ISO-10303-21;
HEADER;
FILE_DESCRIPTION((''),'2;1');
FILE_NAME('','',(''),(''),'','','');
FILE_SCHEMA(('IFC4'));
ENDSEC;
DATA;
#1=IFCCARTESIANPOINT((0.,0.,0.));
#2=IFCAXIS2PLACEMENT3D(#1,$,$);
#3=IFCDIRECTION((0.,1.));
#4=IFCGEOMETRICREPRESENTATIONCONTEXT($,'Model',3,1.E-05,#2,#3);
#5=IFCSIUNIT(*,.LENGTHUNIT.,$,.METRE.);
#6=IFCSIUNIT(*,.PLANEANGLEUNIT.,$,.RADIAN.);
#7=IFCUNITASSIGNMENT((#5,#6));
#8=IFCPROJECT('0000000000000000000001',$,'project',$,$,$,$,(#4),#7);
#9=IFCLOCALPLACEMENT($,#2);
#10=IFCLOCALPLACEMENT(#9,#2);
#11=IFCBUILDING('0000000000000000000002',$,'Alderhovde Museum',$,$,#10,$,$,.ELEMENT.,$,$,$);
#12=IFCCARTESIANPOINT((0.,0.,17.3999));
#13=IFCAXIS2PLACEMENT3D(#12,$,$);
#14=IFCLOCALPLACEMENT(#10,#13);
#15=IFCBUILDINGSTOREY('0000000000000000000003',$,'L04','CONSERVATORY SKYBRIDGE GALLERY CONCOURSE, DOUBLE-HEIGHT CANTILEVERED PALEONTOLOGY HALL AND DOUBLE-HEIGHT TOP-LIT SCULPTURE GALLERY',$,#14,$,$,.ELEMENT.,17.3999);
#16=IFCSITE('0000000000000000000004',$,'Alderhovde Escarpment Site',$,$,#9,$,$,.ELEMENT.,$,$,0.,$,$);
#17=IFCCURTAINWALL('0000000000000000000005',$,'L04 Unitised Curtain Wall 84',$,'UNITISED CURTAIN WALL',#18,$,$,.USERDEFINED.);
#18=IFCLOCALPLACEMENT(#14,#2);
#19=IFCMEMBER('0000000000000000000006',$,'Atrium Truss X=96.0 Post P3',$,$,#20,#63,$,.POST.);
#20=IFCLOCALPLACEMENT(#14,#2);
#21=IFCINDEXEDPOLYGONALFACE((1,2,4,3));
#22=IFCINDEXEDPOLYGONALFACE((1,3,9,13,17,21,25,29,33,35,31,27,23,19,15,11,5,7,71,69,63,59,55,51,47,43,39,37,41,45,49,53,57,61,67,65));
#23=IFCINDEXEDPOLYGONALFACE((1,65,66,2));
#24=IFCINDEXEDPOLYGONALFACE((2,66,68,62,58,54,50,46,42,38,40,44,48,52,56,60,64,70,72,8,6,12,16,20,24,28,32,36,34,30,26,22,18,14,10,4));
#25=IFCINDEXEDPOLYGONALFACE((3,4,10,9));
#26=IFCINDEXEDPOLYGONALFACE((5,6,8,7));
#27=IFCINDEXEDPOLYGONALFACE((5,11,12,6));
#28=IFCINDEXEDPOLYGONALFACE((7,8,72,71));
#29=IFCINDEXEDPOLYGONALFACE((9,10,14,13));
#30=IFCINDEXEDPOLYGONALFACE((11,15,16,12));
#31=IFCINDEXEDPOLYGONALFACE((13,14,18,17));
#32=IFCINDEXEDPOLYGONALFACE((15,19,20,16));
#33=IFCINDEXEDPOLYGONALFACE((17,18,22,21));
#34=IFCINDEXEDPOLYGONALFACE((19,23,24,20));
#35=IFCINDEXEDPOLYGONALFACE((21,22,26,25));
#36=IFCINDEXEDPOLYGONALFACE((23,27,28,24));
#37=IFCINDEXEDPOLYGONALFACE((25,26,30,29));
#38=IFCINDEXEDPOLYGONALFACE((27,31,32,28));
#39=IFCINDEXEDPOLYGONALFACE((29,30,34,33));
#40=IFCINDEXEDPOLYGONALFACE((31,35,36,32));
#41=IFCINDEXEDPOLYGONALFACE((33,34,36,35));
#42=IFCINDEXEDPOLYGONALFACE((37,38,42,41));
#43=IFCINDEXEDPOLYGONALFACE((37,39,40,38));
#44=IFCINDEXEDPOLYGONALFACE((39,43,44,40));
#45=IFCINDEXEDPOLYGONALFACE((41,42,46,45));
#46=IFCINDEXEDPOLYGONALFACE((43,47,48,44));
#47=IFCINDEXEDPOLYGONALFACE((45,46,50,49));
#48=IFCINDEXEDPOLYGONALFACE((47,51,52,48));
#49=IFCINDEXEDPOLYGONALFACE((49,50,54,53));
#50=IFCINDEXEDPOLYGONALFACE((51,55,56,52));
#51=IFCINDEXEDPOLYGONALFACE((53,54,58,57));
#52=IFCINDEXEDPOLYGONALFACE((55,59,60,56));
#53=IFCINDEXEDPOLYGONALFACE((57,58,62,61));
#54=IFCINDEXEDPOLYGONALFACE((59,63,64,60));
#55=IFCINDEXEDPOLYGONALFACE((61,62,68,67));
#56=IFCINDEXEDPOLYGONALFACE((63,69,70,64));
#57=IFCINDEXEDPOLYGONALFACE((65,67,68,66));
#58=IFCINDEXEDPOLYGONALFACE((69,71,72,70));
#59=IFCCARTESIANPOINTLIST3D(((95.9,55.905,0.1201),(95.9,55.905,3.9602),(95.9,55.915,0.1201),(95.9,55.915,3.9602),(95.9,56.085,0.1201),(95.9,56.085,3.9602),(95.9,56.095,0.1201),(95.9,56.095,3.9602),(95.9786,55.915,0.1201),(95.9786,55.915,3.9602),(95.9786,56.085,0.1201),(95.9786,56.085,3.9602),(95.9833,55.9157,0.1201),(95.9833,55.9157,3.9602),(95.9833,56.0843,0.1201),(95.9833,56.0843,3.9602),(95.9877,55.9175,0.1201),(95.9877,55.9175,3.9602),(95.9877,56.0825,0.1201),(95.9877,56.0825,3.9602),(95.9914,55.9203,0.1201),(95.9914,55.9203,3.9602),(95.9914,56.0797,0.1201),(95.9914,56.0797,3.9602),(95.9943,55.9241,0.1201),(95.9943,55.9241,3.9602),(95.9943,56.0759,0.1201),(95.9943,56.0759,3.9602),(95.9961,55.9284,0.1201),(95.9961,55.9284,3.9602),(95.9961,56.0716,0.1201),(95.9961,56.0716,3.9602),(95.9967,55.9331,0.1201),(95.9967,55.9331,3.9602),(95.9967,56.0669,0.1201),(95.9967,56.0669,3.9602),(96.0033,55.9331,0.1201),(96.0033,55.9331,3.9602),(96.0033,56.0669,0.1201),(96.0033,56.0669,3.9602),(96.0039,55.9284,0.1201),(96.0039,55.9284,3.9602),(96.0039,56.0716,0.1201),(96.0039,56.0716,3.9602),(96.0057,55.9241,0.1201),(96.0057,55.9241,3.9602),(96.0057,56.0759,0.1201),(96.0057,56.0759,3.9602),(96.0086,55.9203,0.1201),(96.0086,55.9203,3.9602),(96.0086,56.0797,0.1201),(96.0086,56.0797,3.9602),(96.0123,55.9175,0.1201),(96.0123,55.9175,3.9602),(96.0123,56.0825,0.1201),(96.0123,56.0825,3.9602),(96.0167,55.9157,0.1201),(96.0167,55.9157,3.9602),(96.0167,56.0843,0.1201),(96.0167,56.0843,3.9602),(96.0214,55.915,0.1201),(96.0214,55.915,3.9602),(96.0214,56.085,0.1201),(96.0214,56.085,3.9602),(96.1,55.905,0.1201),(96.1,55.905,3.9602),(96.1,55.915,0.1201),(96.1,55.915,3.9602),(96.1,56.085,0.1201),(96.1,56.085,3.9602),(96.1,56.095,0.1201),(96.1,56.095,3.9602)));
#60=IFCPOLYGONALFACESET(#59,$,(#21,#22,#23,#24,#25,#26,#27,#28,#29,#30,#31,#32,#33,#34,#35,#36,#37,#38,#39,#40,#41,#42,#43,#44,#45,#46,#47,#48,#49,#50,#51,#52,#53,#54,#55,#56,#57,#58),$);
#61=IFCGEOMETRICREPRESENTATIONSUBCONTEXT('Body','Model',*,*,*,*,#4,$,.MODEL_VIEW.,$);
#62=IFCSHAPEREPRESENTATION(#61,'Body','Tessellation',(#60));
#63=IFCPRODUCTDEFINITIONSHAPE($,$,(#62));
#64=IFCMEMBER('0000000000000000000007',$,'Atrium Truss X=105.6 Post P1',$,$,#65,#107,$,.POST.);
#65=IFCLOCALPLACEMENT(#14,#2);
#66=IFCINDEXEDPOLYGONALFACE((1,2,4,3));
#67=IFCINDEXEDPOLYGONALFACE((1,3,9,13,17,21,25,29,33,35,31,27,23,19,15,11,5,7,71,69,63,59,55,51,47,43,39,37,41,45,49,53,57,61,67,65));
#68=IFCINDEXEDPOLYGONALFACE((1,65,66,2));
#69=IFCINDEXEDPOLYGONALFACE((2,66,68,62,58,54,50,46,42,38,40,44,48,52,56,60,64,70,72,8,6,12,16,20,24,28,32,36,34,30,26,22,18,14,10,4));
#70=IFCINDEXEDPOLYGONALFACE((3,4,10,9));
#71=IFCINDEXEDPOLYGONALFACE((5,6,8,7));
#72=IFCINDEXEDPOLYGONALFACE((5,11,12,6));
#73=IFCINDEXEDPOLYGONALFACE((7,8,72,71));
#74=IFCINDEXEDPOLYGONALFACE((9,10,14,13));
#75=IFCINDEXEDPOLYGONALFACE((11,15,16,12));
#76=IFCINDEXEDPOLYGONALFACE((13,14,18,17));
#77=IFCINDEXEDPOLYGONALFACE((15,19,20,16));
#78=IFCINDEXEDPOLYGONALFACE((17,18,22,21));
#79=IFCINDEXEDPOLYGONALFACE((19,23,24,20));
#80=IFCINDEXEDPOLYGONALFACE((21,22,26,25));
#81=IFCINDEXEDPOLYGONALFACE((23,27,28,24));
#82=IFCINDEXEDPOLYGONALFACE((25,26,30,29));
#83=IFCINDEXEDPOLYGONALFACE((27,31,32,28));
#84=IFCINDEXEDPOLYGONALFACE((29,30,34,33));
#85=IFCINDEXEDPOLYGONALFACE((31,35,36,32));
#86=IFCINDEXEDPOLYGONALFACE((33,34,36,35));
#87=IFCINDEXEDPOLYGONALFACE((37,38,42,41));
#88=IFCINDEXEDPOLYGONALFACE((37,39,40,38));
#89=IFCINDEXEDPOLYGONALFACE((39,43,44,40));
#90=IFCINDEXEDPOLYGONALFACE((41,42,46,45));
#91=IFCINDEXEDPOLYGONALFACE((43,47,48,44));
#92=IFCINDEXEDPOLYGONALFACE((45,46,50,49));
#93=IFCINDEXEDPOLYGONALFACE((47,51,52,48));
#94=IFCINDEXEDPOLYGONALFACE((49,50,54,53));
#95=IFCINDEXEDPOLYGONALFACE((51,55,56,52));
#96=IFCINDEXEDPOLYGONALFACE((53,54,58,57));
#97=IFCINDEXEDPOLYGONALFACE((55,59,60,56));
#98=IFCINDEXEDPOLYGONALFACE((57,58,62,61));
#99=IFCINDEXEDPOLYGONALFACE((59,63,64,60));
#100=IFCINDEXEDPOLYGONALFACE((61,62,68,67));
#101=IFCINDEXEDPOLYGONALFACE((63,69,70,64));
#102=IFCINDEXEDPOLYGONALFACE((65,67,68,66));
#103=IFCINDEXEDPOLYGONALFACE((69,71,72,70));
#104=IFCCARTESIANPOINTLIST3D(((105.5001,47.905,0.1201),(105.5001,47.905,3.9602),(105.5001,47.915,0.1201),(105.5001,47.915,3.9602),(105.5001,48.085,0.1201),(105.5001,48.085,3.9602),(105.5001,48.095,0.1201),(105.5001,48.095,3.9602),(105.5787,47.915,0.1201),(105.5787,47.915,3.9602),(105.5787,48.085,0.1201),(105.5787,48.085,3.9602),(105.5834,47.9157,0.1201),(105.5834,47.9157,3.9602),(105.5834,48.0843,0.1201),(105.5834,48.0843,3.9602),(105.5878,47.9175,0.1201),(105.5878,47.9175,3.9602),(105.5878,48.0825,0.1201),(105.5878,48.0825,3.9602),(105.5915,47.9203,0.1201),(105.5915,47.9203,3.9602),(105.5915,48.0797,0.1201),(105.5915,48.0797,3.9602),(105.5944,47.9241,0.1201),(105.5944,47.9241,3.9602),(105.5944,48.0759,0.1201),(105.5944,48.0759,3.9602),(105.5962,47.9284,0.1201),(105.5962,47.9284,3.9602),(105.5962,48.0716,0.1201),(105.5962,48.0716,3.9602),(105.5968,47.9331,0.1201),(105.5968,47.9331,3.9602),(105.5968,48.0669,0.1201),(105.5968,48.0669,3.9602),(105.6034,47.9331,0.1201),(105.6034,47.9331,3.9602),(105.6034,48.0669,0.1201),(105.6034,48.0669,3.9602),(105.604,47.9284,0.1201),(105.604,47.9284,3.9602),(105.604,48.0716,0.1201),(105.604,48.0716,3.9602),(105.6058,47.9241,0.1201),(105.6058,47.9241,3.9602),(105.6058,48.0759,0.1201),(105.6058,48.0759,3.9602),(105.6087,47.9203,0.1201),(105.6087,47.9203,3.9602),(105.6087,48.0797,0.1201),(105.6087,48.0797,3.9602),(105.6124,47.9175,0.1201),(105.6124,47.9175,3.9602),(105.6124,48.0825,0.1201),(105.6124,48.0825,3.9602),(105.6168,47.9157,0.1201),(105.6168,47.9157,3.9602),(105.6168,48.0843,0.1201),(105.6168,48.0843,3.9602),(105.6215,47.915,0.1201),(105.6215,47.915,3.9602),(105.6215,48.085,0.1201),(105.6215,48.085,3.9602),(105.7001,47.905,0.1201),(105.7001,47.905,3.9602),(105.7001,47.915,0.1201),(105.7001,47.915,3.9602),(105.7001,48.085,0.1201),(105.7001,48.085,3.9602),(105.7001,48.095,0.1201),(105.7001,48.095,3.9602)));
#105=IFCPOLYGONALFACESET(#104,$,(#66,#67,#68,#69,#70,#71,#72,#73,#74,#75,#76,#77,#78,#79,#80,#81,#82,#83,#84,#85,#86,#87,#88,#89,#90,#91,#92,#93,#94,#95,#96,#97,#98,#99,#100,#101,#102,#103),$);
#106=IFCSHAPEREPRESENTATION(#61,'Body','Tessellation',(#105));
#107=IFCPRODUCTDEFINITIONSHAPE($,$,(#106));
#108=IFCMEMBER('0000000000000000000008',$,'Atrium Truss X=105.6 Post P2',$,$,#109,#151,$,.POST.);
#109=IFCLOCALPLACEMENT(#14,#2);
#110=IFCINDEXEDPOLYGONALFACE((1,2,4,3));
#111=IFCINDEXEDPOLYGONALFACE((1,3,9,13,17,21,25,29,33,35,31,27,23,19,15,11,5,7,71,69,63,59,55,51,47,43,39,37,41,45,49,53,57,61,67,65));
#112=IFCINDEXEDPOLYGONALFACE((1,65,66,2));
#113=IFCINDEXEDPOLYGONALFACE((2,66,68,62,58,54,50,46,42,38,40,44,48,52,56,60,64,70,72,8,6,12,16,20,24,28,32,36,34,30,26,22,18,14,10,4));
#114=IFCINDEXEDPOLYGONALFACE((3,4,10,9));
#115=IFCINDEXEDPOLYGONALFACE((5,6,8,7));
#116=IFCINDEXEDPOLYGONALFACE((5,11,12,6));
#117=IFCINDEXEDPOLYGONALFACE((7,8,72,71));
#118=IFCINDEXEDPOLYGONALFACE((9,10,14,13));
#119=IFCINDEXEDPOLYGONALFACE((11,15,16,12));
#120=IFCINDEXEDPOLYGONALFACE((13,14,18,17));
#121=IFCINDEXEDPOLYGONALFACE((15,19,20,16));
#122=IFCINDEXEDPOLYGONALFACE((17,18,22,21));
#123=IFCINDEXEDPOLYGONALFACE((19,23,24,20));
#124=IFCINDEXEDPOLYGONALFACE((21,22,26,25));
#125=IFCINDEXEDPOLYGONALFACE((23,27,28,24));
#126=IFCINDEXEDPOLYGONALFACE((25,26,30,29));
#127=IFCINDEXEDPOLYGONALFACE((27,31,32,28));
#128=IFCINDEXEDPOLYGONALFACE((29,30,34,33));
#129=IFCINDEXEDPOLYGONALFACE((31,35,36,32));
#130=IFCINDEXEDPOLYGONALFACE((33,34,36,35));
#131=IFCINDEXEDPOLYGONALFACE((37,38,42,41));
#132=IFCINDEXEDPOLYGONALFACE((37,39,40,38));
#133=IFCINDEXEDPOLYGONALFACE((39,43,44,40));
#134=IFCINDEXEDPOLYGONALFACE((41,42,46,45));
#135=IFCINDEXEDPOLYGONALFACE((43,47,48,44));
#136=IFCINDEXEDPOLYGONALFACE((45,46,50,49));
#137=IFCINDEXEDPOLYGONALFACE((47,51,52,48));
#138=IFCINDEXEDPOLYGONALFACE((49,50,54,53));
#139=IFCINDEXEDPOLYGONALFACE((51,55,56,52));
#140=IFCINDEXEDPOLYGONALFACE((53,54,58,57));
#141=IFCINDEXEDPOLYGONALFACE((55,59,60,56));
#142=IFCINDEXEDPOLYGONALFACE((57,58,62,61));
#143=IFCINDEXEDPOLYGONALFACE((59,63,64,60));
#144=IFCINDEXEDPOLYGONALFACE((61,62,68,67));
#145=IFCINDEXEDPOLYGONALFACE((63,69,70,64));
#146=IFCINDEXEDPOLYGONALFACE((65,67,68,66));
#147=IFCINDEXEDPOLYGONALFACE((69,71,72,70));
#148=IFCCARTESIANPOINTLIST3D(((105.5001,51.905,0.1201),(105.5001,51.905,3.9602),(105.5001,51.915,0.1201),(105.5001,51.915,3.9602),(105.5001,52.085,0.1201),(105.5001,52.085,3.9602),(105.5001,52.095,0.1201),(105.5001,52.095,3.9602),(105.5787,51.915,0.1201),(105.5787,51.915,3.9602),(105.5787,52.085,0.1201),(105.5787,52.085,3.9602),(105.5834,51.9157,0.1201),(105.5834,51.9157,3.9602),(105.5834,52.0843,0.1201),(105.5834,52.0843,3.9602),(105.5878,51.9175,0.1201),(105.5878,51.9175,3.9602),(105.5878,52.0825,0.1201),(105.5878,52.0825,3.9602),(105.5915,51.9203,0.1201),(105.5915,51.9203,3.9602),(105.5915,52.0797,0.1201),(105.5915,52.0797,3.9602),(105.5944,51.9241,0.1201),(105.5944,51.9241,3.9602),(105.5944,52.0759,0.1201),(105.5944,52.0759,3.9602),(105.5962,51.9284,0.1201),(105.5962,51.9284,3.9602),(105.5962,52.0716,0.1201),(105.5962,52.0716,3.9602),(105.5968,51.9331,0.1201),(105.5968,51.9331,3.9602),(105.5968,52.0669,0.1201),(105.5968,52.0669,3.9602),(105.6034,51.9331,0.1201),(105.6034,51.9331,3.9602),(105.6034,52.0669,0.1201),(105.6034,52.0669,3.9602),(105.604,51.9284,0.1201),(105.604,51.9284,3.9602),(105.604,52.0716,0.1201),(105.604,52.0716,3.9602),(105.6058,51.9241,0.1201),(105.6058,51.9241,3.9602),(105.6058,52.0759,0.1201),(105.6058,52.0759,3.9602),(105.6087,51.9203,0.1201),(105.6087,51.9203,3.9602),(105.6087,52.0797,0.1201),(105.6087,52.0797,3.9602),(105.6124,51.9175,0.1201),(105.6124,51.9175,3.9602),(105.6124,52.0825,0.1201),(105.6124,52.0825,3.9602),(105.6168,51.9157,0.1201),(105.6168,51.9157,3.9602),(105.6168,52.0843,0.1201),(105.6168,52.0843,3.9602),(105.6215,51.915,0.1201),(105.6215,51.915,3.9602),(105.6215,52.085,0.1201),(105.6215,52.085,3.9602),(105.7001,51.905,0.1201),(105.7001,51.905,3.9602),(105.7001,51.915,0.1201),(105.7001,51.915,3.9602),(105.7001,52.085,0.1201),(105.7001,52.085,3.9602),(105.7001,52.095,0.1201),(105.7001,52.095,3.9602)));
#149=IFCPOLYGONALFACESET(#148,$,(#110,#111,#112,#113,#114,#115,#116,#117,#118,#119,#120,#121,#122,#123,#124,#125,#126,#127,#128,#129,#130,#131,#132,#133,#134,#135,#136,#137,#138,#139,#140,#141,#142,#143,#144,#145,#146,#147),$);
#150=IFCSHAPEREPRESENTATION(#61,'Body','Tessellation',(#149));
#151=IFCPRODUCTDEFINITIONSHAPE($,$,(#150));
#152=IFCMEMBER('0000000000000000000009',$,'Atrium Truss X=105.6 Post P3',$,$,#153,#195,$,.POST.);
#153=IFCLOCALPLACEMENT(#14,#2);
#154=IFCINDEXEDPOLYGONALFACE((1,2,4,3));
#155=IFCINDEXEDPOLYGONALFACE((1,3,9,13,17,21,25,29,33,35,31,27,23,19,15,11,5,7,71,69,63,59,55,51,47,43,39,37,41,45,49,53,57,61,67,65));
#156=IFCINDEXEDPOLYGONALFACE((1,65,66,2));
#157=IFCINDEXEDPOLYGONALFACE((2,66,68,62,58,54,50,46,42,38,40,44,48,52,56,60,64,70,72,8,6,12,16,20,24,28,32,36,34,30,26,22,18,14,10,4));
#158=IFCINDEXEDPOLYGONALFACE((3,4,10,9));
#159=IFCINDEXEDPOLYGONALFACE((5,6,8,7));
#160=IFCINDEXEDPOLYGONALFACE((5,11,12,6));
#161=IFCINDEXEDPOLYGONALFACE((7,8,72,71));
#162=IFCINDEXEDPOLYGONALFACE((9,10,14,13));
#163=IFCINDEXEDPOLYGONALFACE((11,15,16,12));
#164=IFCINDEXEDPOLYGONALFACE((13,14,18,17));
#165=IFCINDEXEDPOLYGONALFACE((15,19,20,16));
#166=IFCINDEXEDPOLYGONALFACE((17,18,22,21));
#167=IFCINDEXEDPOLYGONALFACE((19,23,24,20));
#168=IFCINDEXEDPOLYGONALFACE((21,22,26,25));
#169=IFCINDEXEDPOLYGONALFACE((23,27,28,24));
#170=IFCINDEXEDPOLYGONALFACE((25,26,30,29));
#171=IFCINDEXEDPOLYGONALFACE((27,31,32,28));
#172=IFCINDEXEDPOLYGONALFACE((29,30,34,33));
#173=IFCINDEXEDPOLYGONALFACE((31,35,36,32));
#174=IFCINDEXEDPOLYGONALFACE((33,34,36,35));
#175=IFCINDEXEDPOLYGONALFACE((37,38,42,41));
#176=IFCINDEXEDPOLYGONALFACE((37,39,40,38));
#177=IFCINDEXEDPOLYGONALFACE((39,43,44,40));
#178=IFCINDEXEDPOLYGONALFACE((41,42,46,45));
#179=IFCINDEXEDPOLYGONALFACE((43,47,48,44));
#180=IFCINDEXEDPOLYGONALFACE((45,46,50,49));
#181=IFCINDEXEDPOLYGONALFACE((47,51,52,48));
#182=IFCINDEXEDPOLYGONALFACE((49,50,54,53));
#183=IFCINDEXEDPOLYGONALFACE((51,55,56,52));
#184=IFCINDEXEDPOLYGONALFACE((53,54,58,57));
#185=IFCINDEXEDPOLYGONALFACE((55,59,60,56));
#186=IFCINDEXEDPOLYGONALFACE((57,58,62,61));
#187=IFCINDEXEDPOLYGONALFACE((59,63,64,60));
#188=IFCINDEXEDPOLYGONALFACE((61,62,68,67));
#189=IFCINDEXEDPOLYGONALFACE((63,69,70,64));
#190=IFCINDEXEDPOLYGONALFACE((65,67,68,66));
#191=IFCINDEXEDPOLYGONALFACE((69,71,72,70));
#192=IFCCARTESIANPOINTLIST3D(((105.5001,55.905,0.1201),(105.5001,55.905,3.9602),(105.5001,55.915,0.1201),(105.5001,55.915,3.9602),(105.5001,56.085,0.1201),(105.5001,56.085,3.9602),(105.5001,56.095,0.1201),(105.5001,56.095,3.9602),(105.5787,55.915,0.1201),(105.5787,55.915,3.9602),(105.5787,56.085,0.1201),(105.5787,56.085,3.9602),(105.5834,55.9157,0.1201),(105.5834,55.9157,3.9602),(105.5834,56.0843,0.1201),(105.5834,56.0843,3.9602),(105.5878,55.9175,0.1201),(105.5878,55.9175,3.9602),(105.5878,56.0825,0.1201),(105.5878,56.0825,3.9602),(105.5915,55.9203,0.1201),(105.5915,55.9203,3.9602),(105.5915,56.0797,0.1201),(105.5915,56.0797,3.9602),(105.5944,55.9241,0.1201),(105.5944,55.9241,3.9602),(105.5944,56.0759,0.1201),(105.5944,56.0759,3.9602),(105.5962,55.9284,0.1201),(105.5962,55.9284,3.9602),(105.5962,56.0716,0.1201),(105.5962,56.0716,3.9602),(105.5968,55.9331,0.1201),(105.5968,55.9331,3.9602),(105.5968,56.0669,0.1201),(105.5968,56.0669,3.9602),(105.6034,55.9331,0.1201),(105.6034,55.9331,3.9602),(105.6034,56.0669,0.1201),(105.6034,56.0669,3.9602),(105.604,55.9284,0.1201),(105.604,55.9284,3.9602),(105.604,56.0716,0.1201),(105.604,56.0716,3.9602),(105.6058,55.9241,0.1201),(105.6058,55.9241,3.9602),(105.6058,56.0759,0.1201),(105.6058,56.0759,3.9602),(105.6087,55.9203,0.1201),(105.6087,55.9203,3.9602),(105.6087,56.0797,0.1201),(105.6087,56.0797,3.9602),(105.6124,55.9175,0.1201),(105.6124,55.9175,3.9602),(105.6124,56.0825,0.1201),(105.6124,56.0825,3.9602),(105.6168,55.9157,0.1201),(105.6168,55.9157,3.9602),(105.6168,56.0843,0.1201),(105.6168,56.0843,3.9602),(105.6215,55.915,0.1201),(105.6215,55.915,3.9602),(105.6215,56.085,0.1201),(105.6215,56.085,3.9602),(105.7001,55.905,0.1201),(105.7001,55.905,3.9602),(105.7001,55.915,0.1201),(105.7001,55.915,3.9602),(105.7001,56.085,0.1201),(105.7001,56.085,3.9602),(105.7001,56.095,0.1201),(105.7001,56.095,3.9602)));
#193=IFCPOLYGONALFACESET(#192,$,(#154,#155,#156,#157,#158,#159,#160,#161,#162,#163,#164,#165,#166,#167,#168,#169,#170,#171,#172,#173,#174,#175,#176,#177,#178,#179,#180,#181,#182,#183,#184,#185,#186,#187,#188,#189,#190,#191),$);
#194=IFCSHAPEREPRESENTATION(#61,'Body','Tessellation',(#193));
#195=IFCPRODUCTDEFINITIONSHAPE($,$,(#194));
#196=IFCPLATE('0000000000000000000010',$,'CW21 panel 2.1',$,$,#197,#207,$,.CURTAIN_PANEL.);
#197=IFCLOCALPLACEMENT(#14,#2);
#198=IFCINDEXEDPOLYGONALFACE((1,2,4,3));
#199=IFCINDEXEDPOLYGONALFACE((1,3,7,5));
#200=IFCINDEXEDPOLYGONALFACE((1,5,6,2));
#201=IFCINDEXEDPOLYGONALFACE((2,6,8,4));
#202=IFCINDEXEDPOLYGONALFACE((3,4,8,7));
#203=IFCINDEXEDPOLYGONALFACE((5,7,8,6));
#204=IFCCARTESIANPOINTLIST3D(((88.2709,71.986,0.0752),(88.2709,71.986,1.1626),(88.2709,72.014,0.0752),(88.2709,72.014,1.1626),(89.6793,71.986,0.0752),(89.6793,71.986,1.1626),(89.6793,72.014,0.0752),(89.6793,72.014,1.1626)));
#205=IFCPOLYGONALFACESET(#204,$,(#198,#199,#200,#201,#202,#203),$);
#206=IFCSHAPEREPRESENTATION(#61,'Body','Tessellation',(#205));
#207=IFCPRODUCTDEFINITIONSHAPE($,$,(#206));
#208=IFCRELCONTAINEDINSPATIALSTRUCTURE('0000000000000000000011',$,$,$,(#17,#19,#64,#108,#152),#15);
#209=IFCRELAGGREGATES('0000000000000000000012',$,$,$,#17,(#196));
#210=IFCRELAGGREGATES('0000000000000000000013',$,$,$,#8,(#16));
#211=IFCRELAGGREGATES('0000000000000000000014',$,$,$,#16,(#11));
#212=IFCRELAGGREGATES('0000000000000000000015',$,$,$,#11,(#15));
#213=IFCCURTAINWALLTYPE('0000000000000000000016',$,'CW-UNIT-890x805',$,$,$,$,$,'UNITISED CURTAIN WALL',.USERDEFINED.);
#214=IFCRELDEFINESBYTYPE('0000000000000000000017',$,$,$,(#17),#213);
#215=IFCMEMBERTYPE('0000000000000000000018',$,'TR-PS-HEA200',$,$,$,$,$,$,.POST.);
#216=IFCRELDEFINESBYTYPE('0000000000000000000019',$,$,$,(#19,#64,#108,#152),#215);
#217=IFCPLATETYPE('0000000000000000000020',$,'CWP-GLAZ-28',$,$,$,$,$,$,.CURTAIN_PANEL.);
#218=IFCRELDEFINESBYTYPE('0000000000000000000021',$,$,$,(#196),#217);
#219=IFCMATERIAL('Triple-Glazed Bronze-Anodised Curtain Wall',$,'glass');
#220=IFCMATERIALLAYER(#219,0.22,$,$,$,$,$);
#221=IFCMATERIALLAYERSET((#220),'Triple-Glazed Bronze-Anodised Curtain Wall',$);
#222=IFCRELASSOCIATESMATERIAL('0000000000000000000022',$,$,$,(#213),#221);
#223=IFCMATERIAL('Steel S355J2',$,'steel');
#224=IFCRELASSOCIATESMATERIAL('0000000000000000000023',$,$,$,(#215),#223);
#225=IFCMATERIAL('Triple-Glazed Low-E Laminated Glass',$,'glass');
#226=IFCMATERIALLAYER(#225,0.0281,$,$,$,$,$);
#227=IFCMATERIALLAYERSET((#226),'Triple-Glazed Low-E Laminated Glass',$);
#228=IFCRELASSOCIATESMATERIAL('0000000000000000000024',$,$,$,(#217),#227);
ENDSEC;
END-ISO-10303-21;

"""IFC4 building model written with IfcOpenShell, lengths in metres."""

from ifc_helpers import new_model, si_unit, direction, frame, origin, origin_2d, place, context, subcontext, project, spatial, rectangle, i_section, extrude, material, layer, layer_set, material_profile, profile_set, type_object, element, aggregate, save


model = new_model("IFC4")

# Units and contexts
model_context = context("Model", 3, precision=1e-05, world=origin(), true_north=direction((0.0, 1.0)))
body_context = subcontext(model_context, "Body", "Model", "MODEL_VIEW")
ifc_project = project(units=[si_unit("LENGTHUNIT", "METRE"), si_unit("PLANEANGLEUNIT", "RADIAN")], contexts=[model_context])

# Site, building, storey
site_placement = place(None, origin())
site = spatial("IfcSite", under=ifc_project, at=site_placement, Name="Alderhovde Escarpment Site", CompositionType="ELEMENT", RefElevation=0.0)
building_placement = place(site_placement, origin())
building = spatial("IfcBuilding", under=site, at=building_placement, Name="Alderhovde Museum", CompositionType="ELEMENT")
storey_placement = place(building_placement, frame((0.0, 0.0, 17.3999)))
storey = spatial("IfcBuildingStorey", under=building, at=storey_placement, Name="L04", Description="CONSERVATORY SKYBRIDGE GALLERY CONCOURSE, DOUBLE-HEIGHT CANTILEVERED PALEONTOLOGY HALL AND DOUBLE-HEIGHT TOP-LIT SCULPTURE GALLERY", CompositionType="ELEMENT", Elevation=17.3999)

# Curtain wall
ifc_material_1 = material(Name="Triple-Glazed Bronze-Anodised Curtain Wall", Category="glass")
ifc_layer_1 = layer(ifc_material_1, 0.22)
ifc_layer_set_1 = layer_set([ifc_layer_1], Name="Triple-Glazed Bronze-Anodised Curtain Wall")
curtain_wall_type = type_object("IfcCurtainWallType", Name="CW-UNIT-890x805", ElementType="UNITISED CURTAIN WALL", PredefinedType="USERDEFINED", material=ifc_layer_set_1)
curtain_wall_placement = place(storey_placement, origin())
curtain_wall = element("IfcCurtainWall", 1, at=curtain_wall_placement, inside=storey, type_object=curtain_wall_type, Name="L04 Unitised Curtain Wall 84", ObjectType="UNITISED CURTAIN WALL", PredefinedType="USERDEFINED")

# Members
ifc_material_2 = material(Name="Steel S355J2", Category="steel")
ifc_material_profile_1 = material_profile(ifc_material_2, i_section(OverallWidth=0.2, OverallDepth=0.1899, WebThickness=0.0066, FlangeThickness=0.01, FilletRadius=0.0181, at=origin_2d()), Name="HEA 200")
ifc_profile_set_1 = profile_set([ifc_material_profile_1], Name="Steel S355J2")
member_type_1 = type_object("IfcMemberType", Name="TR-PS-HEA200", PredefinedType="POST", material=ifc_profile_set_1)
for number, where, z_axis, x_axis, name in (
    (2, (96.0, 56.0, 0.1201), (0.0, 0.0, 1.0), (1.0, 0.0, 0.0), "Atrium Truss X=96.0 Post P3"),
    (3, (105.6001, 48.0, 0.1201), (0.0, 0.0, 1.0), (1.0, 0.0, 0.0), "Atrium Truss X=105.6 Post P1"),
    (4, (105.6001, 52.0, 0.1201), (0.0, 0.0, 1.0), (1.0, 0.0, 0.0), "Atrium Truss X=105.6 Post P2"),
    (5, (105.6001, 56.0, 0.1201), (0.0, 0.0, 1.0), (1.0, 0.0, 0.0), "Atrium Truss X=105.6 Post P3"),
):
    element("IfcMember", number, at=place(storey_placement, frame(where, z_axis=z_axis, x_axis=x_axis)), inside=storey, type_object=member_type_1, Name=name, PredefinedType="POST", context=body_context, shape_type="SweptSolid", body=[
        extrude(i_section(OverallWidth=0.2, OverallDepth=0.1899, WebThickness=0.0066, FlangeThickness=0.01, FilletRadius=0.0181, at=origin_2d()), origin(), (0.0, 0.0, 1.0), 3.8401),
    ])

# Plate
ifc_material_3 = material(Name="Triple-Glazed Low-E Laminated Glass", Category="glass")
ifc_layer_2 = layer(ifc_material_3, 0.0281)
ifc_layer_set_2 = layer_set([ifc_layer_2], Name="Triple-Glazed Low-E Laminated Glass")
plate_type_1 = type_object("IfcPlateType", Name="CWP-GLAZ-28", PredefinedType="CURTAIN_PANEL", material=ifc_layer_set_2)
plate_1_placement = place(storey_placement, frame((88.9751, 72.0, 0.0752), z_axis=(0.0, 0.0, 1.0), x_axis=(1.0, 0.0, 0.0)))
plate_1 = element("IfcPlate", 6, at=plate_1_placement, type_object=plate_type_1, Name="CW21 panel 2.1", PredefinedType="CURTAIN_PANEL", context=body_context, shape_type="SweptSolid", body=[
    extrude(rectangle(XDim=1.4084, YDim=0.0281, at=origin_2d()), origin(), (0.0, 0.0, 1.0), 1.0874),
])
aggregate(curtain_wall, [plate_1])

save(model, "model.ifc")
